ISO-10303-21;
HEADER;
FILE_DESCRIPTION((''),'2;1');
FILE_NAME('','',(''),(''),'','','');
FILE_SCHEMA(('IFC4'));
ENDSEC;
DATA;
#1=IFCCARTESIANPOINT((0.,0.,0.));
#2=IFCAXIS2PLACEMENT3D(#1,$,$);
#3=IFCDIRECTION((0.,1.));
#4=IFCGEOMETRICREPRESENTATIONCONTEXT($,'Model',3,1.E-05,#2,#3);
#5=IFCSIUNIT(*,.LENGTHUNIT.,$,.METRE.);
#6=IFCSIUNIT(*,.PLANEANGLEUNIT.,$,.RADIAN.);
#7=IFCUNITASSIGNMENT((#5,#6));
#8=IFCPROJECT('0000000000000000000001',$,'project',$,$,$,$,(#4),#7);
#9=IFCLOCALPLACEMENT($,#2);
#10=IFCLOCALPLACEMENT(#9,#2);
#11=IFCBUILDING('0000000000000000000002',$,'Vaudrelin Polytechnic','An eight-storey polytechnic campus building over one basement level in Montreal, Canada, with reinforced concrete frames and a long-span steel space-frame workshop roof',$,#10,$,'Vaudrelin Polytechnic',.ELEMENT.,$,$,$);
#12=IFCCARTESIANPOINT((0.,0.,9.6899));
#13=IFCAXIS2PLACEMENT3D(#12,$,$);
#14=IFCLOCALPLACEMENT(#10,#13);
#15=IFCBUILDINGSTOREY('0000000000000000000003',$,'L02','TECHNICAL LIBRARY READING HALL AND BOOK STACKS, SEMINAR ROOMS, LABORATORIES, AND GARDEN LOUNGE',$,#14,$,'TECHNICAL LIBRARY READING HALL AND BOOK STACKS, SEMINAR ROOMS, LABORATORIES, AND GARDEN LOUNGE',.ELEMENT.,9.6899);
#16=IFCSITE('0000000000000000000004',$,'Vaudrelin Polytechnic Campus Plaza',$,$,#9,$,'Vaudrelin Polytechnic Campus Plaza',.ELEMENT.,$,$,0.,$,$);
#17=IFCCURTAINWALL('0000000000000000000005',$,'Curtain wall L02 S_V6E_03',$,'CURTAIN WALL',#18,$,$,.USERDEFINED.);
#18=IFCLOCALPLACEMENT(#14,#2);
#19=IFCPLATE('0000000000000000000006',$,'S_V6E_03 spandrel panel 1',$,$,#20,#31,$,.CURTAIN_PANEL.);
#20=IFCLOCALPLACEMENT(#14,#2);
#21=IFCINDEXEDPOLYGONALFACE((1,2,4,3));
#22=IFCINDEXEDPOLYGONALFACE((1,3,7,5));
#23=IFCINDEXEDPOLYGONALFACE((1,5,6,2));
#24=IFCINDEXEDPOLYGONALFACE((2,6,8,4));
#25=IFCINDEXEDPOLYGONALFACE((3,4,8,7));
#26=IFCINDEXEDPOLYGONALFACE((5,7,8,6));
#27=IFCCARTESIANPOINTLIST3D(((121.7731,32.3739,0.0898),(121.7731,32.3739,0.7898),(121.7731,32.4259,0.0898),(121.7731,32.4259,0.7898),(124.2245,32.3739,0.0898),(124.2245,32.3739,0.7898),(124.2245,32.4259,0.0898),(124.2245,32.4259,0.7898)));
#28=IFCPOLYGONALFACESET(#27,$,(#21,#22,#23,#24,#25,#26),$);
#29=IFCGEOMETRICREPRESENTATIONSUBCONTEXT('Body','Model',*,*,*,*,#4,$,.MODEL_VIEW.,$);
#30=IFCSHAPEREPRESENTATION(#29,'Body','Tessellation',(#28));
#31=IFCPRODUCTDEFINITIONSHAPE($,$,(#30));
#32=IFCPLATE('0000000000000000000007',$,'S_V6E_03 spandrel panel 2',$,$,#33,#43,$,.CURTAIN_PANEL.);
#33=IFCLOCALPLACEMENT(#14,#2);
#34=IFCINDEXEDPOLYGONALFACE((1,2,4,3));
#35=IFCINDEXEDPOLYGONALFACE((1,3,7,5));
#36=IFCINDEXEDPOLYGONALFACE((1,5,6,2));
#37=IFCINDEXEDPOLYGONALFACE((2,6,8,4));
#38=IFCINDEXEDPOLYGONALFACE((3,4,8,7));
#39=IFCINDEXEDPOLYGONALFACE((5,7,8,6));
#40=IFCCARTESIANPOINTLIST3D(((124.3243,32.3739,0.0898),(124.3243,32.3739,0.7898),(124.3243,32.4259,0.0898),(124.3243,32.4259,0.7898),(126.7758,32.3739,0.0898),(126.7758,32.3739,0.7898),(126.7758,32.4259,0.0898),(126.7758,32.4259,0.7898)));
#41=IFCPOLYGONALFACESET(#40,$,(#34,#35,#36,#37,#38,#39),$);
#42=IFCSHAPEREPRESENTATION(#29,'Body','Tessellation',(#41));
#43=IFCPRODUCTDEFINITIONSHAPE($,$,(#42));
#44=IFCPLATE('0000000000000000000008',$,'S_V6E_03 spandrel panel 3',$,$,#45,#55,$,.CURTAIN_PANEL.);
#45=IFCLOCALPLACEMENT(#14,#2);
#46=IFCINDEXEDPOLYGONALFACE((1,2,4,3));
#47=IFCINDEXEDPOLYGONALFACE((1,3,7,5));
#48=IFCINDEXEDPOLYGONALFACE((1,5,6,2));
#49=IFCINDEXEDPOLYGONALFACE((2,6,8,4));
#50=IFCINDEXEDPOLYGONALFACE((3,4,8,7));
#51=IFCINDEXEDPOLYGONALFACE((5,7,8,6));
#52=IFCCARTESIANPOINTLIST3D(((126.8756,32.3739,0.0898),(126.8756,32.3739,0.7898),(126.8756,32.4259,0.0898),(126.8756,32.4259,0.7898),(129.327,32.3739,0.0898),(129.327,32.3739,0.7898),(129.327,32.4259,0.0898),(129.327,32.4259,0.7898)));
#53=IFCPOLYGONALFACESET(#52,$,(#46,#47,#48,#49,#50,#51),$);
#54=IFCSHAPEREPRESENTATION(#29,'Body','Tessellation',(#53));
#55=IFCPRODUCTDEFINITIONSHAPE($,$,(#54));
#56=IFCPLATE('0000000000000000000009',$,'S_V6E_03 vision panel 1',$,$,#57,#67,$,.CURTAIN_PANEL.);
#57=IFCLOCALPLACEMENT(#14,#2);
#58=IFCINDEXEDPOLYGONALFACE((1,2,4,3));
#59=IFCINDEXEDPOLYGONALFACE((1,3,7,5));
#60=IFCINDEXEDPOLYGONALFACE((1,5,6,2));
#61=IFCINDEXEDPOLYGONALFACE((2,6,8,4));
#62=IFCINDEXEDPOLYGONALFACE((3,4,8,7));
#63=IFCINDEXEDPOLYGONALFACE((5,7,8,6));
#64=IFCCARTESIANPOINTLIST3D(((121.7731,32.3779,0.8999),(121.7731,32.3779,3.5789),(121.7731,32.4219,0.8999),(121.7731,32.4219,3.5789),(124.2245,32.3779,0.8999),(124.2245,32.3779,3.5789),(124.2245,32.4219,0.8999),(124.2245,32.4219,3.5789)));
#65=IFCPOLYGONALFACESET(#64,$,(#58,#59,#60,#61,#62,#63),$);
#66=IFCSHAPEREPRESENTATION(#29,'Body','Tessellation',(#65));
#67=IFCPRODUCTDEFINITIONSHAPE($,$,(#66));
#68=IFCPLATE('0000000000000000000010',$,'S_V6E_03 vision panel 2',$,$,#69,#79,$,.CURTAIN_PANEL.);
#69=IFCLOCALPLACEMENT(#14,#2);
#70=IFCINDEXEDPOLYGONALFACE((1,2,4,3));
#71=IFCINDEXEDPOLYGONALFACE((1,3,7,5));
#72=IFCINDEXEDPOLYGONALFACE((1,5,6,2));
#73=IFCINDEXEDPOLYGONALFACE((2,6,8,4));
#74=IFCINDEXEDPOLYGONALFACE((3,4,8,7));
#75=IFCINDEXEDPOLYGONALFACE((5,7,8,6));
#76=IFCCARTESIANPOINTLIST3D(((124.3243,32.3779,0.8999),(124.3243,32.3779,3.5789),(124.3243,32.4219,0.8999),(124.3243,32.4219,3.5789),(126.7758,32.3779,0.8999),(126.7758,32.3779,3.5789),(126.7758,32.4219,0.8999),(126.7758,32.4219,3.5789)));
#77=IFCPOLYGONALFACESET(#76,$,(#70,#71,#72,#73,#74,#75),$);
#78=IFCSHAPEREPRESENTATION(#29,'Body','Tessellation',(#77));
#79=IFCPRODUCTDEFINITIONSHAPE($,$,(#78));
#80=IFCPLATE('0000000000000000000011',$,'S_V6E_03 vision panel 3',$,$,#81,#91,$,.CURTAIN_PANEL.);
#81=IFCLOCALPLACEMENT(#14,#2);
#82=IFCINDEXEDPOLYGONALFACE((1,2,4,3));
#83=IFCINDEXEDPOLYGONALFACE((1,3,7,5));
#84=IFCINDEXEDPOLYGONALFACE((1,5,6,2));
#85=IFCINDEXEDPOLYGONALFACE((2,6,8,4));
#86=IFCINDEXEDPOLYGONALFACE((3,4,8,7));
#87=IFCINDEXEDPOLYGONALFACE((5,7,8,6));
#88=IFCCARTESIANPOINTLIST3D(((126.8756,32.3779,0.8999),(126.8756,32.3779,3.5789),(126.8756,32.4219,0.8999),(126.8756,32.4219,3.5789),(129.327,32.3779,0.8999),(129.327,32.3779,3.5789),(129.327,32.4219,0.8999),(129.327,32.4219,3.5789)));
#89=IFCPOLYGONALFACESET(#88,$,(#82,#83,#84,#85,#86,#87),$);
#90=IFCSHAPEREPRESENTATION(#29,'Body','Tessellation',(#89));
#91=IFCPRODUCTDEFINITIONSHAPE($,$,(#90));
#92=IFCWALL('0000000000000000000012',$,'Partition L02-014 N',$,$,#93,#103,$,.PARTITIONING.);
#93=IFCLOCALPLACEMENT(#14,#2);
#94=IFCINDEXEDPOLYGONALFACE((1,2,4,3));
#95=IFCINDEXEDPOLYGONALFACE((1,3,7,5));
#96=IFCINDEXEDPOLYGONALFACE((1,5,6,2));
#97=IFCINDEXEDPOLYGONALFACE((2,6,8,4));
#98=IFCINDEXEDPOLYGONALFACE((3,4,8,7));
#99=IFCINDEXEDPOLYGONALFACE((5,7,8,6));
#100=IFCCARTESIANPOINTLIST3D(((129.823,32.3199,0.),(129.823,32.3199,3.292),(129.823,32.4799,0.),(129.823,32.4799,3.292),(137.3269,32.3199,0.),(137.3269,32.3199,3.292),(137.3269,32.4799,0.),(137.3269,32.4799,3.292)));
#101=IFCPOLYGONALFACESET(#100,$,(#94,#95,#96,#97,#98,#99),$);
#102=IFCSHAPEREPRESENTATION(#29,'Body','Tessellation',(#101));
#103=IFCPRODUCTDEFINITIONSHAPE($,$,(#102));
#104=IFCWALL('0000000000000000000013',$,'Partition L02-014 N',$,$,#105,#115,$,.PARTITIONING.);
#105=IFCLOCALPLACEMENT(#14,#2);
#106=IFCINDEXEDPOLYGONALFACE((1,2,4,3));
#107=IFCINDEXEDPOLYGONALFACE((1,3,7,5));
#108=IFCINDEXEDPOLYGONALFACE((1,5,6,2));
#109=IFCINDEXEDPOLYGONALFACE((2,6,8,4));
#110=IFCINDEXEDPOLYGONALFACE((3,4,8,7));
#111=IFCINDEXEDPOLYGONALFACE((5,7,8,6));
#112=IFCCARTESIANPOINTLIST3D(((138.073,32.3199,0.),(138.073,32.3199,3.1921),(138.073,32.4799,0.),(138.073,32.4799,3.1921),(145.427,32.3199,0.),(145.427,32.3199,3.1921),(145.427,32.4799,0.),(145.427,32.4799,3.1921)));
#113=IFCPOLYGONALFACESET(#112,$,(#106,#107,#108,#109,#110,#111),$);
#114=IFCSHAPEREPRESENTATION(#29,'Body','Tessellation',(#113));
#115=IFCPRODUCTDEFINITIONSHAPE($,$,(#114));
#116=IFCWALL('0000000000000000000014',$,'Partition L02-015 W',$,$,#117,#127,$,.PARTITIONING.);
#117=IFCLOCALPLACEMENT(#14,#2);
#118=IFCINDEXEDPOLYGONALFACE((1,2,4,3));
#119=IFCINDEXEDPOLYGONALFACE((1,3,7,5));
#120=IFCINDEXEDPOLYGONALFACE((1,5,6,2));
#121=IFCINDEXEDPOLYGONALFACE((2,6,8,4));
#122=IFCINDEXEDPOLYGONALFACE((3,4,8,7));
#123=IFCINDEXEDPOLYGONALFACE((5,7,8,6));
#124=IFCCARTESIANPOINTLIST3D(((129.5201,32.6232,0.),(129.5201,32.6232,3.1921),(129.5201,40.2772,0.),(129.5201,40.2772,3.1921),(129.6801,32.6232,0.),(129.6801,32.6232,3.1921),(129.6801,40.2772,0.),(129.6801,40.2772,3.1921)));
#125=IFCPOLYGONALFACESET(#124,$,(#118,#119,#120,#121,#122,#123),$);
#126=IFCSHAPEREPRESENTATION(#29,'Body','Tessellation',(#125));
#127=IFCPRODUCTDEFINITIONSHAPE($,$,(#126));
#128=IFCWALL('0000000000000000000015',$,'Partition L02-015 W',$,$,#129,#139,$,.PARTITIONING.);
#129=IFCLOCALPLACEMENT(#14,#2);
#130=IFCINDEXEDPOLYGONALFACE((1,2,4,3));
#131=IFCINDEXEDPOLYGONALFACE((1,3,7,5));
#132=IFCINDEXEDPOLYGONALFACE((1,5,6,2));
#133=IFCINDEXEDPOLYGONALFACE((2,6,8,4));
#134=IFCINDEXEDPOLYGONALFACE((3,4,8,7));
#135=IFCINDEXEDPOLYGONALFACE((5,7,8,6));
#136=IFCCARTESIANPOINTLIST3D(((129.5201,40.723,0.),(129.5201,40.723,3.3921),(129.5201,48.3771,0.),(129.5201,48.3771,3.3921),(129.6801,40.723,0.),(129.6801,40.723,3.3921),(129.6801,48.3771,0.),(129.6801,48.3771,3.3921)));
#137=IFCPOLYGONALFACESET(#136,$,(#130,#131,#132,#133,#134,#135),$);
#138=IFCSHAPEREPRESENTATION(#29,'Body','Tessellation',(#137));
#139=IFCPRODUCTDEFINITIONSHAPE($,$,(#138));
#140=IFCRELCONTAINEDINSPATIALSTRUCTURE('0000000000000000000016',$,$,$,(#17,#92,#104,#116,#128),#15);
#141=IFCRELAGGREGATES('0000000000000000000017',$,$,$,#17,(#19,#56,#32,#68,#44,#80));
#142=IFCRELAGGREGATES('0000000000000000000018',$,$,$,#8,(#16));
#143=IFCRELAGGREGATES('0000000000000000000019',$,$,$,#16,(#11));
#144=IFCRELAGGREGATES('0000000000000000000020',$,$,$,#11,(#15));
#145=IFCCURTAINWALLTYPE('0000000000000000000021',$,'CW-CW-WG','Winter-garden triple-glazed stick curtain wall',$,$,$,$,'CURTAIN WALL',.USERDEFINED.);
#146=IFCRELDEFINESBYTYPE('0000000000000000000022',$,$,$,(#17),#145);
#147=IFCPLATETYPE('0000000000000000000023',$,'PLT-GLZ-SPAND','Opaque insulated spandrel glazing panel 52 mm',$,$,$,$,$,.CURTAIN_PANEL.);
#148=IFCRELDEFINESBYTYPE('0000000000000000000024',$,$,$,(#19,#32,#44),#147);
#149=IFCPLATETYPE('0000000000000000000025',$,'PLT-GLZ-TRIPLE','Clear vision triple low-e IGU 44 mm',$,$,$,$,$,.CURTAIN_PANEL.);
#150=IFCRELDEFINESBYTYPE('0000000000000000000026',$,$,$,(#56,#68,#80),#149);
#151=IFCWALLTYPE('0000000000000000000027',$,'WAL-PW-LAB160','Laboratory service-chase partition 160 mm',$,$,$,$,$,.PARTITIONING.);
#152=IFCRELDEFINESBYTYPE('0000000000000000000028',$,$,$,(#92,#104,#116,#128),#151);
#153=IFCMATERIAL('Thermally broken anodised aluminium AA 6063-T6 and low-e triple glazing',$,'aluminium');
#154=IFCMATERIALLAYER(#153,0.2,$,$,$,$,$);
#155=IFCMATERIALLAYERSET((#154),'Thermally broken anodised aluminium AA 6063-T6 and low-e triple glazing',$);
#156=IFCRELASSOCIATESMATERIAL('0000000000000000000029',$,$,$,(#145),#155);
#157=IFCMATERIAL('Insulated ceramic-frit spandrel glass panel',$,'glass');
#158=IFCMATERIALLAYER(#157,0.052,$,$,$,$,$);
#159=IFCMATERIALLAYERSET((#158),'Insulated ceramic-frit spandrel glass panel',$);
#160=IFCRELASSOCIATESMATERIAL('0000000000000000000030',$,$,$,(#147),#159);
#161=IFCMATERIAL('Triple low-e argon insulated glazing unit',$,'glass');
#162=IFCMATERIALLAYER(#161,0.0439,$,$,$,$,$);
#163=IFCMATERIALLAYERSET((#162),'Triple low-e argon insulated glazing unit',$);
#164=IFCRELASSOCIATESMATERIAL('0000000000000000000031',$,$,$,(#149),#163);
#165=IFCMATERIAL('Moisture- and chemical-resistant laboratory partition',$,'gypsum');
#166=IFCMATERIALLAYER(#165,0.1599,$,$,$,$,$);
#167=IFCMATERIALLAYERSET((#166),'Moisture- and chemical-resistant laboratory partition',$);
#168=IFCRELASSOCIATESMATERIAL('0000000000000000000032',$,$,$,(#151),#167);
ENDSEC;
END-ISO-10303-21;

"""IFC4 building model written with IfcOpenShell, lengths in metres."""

from ifc_helpers import new_model, si_unit, direction, frame, frame_2d, origin, origin_2d, place, context, subcontext, project, spatial, rectangle, extrude, material, layer, layer_set, type_object, element, aggregate, save


model = new_model("IFC4")

# Units and contexts
model_context = context("Model", 3, precision=1e-05, world=origin(), true_north=direction((0.0, 1.0)))
body_context = subcontext(model_context, "Body", "Model", "MODEL_VIEW")
ifc_project = project(units=[si_unit("LENGTHUNIT", "METRE"), si_unit("PLANEANGLEUNIT", "RADIAN")], contexts=[model_context])

# Site, building, storey
site_placement = place(None, origin())
site = spatial("IfcSite", under=ifc_project, at=site_placement, Name="Vaudrelin Polytechnic Campus Plaza", LongName="Vaudrelin Polytechnic Campus Plaza", CompositionType="ELEMENT", RefElevation=0.0)
building_placement = place(site_placement, origin())
building = spatial("IfcBuilding", under=site, at=building_placement, Name="Vaudrelin Polytechnic", Description="An eight-storey polytechnic campus building over one basement level in Montreal, Canada, with reinforced concrete frames and a long-span steel space-frame workshop roof", LongName="Vaudrelin Polytechnic", CompositionType="ELEMENT")
storey_placement = place(building_placement, frame((0.0, 0.0, 9.6899)))
storey = spatial("IfcBuildingStorey", under=building, at=storey_placement, Name="L02", Description="TECHNICAL LIBRARY READING HALL AND BOOK STACKS, SEMINAR ROOMS, LABORATORIES, AND GARDEN LOUNGE", LongName="TECHNICAL LIBRARY READING HALL AND BOOK STACKS, SEMINAR ROOMS, LABORATORIES, AND GARDEN LOUNGE", CompositionType="ELEMENT", Elevation=9.6899)

# Curtain wall, plates
ifc_material_1 = material(Name="Thermally broken anodised aluminium AA 6063-T6 and low-e triple glazing", Category="aluminium")
ifc_layer_1 = layer(ifc_material_1, 0.2)
ifc_layer_set_1 = layer_set([ifc_layer_1], Name="Thermally broken anodised aluminium AA 6063-T6 and low-e triple glazing")
curtain_wall_type = type_object("IfcCurtainWallType", Name="CW-CW-WG", Description="Winter-garden triple-glazed stick curtain wall", ElementType="CURTAIN WALL", PredefinedType="USERDEFINED", material=ifc_layer_set_1)
curtain_wall_placement = place(storey_placement, origin())
curtain_wall = element("IfcCurtainWall", 1, at=curtain_wall_placement, inside=storey, type_object=curtain_wall_type, Name="Curtain wall L02 S_V6E_03", ObjectType="CURTAIN WALL", PredefinedType="USERDEFINED")
ifc_material_2 = material(Name="Insulated ceramic-frit spandrel glass panel", Category="glass")
ifc_layer_2 = layer(ifc_material_2, 0.052)
ifc_layer_set_2 = layer_set([ifc_layer_2], Name="Insulated ceramic-frit spandrel glass panel")
plate_type_1 = type_object("IfcPlateType", Name="PLT-GLZ-SPAND", Description="Opaque insulated spandrel glazing panel 52 mm", PredefinedType="CURTAIN_PANEL", material=ifc_layer_set_2)
plate_1_placement = place(storey_placement, frame((122.9988, 32.3999, 0.0898), z_axis=(0.0, 0.0, 1.0), x_axis=(1.0, 0.0, 0.0)))
plate_1 = element("IfcPlate", 2, at=plate_1_placement, type_object=plate_type_1, Name="S_V6E_03 spandrel panel 1", PredefinedType="CURTAIN_PANEL", context=body_context, shape_type="SweptSolid", body=[
    extrude(rectangle(XDim=2.4514, YDim=0.052, at=origin_2d()), origin(), (0.0, 0.0, 1.0), 0.7),
])
plate_2_placement = place(storey_placement, frame((125.55, 32.3999, 0.0898), z_axis=(0.0, 0.0, 1.0), x_axis=(1.0, 0.0, 0.0)))
plate_2 = element("IfcPlate", 3, at=plate_2_placement, type_object=plate_type_1, Name="S_V6E_03 spandrel panel 2", PredefinedType="CURTAIN_PANEL", context=body_context, shape_type="SweptSolid", body=[
    extrude(rectangle(XDim=2.4514, YDim=0.052, at=origin_2d()), origin(), (0.0, 0.0, 1.0), 0.7),
])
plate_3_placement = place(storey_placement, frame((128.1013, 32.3999, 0.0898), z_axis=(0.0, 0.0, 1.0), x_axis=(1.0, 0.0, 0.0)))
plate_3 = element("IfcPlate", 4, at=plate_3_placement, type_object=plate_type_1, Name="S_V6E_03 spandrel panel 3", PredefinedType="CURTAIN_PANEL", context=body_context, shape_type="SweptSolid", body=[
    extrude(rectangle(XDim=2.4514, YDim=0.052, at=origin_2d()), origin(), (0.0, 0.0, 1.0), 0.7),
])
ifc_material_3 = material(Name="Triple low-e argon insulated glazing unit", Category="glass")
ifc_layer_3 = layer(ifc_material_3, 0.0439)
ifc_layer_set_3 = layer_set([ifc_layer_3], Name="Triple low-e argon insulated glazing unit")
plate_type_2 = type_object("IfcPlateType", Name="PLT-GLZ-TRIPLE", Description="Clear vision triple low-e IGU 44 mm", PredefinedType="CURTAIN_PANEL", material=ifc_layer_set_3)
plate_4_placement = place(storey_placement, frame((122.9988, 32.3999, 0.8999), z_axis=(0.0, 0.0, 1.0), x_axis=(1.0, 0.0, 0.0)))
plate_4 = element("IfcPlate", 5, at=plate_4_placement, type_object=plate_type_2, Name="S_V6E_03 vision panel 1", PredefinedType="CURTAIN_PANEL", context=body_context, shape_type="SweptSolid", body=[
    extrude(rectangle(XDim=2.4514, YDim=0.0439, at=origin_2d()), origin(), (0.0, 0.0, 1.0), 2.679),
])
plate_5_placement = place(storey_placement, frame((125.55, 32.3999, 0.8999), z_axis=(0.0, 0.0, 1.0), x_axis=(1.0, 0.0, 0.0)))
plate_5 = element("IfcPlate", 6, at=plate_5_placement, type_object=plate_type_2, Name="S_V6E_03 vision panel 2", PredefinedType="CURTAIN_PANEL", context=body_context, shape_type="SweptSolid", body=[
    extrude(rectangle(XDim=2.4514, YDim=0.0439, at=origin_2d()), origin(), (0.0, 0.0, 1.0), 2.679),
])
plate_6_placement = place(storey_placement, frame((128.1013, 32.3999, 0.8999), z_axis=(0.0, 0.0, 1.0), x_axis=(1.0, 0.0, 0.0)))
plate_6 = element("IfcPlate", 7, at=plate_6_placement, type_object=plate_type_2, Name="S_V6E_03 vision panel 3", PredefinedType="CURTAIN_PANEL", context=body_context, shape_type="SweptSolid", body=[
    extrude(rectangle(XDim=2.4514, YDim=0.0439, at=origin_2d()), origin(), (0.0, 0.0, 1.0), 2.679),
])
aggregate(curtain_wall, [plate_1, plate_4, plate_2, plate_5, plate_3, plate_6])

# Walls
ifc_material_4 = material(Name="Moisture- and chemical-resistant laboratory partition", Category="gypsum")
ifc_layer_4 = layer(ifc_material_4, 0.1599)
ifc_layer_set_4 = layer_set([ifc_layer_4], Name="Moisture- and chemical-resistant laboratory partition")
wall_type = type_object("IfcWallType", Name="WAL-PW-LAB160", Description="Laboratory service-chase partition 160 mm", PredefinedType="PARTITIONING", material=ifc_layer_set_4)
wall_1_placement = place(storey_placement, frame((129.823, 32.3999, 0.0), z_axis=(0.0, 0.0, 1.0), x_axis=(1.0, 0.0, 0.0)))
element("IfcWall", 8, at=wall_1_placement, inside=storey, type_object=wall_type, Name="Partition L02-014 N", PredefinedType="PARTITIONING", context=body_context, shape_type="SweptSolid", body=[
    extrude(rectangle(XDim=7.5039, YDim=0.1599, at=frame_2d((3.752, 0.0))), origin(), (0.0, 0.0, 1.0), 3.292),
])
wall_2_placement = place(storey_placement, frame((138.073, 32.3999, 0.0), z_axis=(0.0, 0.0, 1.0), x_axis=(1.0, 0.0, 0.0)))
element("IfcWall", 9, at=wall_2_placement, inside=storey, type_object=wall_type, Name="Partition L02-014 N", PredefinedType="PARTITIONING", context=body_context, shape_type="SweptSolid", body=[
    extrude(rectangle(XDim=7.354, YDim=0.1599, at=frame_2d((3.677, 0.0))), origin(), (0.0, 0.0, 1.0), 3.1921),
])
wall_3_placement = place(storey_placement, frame((129.6001, 32.623, 0.0), z_axis=(0.0, 0.0, 1.0), x_axis=(0.0, 1.0, 0.0)))
element("IfcWall", 10, at=wall_3_placement, inside=storey, type_object=wall_type, Name="Partition L02-015 W", PredefinedType="PARTITIONING", context=body_context, shape_type="SweptSolid", body=[
    extrude(rectangle(XDim=7.6541, YDim=0.1599, at=frame_2d((3.8271, 0.0))), origin(), (0.0, 0.0, 1.0), 3.1921),
])
wall_4_placement = place(storey_placement, frame((129.6001, 40.7229, 0.0), z_axis=(0.0, 0.0, 1.0), x_axis=(0.0, 1.0, 0.0)))
element("IfcWall", 11, at=wall_4_placement, inside=storey, type_object=wall_type, Name="Partition L02-015 W", PredefinedType="PARTITIONING", context=body_context, shape_type="SweptSolid", body=[
    extrude(rectangle(XDim=7.6541, YDim=0.1599, at=frame_2d((3.8271, 0.0))), origin(), (0.0, 0.0, 1.0), 3.3921),
])

save(model, "model.ifc")
